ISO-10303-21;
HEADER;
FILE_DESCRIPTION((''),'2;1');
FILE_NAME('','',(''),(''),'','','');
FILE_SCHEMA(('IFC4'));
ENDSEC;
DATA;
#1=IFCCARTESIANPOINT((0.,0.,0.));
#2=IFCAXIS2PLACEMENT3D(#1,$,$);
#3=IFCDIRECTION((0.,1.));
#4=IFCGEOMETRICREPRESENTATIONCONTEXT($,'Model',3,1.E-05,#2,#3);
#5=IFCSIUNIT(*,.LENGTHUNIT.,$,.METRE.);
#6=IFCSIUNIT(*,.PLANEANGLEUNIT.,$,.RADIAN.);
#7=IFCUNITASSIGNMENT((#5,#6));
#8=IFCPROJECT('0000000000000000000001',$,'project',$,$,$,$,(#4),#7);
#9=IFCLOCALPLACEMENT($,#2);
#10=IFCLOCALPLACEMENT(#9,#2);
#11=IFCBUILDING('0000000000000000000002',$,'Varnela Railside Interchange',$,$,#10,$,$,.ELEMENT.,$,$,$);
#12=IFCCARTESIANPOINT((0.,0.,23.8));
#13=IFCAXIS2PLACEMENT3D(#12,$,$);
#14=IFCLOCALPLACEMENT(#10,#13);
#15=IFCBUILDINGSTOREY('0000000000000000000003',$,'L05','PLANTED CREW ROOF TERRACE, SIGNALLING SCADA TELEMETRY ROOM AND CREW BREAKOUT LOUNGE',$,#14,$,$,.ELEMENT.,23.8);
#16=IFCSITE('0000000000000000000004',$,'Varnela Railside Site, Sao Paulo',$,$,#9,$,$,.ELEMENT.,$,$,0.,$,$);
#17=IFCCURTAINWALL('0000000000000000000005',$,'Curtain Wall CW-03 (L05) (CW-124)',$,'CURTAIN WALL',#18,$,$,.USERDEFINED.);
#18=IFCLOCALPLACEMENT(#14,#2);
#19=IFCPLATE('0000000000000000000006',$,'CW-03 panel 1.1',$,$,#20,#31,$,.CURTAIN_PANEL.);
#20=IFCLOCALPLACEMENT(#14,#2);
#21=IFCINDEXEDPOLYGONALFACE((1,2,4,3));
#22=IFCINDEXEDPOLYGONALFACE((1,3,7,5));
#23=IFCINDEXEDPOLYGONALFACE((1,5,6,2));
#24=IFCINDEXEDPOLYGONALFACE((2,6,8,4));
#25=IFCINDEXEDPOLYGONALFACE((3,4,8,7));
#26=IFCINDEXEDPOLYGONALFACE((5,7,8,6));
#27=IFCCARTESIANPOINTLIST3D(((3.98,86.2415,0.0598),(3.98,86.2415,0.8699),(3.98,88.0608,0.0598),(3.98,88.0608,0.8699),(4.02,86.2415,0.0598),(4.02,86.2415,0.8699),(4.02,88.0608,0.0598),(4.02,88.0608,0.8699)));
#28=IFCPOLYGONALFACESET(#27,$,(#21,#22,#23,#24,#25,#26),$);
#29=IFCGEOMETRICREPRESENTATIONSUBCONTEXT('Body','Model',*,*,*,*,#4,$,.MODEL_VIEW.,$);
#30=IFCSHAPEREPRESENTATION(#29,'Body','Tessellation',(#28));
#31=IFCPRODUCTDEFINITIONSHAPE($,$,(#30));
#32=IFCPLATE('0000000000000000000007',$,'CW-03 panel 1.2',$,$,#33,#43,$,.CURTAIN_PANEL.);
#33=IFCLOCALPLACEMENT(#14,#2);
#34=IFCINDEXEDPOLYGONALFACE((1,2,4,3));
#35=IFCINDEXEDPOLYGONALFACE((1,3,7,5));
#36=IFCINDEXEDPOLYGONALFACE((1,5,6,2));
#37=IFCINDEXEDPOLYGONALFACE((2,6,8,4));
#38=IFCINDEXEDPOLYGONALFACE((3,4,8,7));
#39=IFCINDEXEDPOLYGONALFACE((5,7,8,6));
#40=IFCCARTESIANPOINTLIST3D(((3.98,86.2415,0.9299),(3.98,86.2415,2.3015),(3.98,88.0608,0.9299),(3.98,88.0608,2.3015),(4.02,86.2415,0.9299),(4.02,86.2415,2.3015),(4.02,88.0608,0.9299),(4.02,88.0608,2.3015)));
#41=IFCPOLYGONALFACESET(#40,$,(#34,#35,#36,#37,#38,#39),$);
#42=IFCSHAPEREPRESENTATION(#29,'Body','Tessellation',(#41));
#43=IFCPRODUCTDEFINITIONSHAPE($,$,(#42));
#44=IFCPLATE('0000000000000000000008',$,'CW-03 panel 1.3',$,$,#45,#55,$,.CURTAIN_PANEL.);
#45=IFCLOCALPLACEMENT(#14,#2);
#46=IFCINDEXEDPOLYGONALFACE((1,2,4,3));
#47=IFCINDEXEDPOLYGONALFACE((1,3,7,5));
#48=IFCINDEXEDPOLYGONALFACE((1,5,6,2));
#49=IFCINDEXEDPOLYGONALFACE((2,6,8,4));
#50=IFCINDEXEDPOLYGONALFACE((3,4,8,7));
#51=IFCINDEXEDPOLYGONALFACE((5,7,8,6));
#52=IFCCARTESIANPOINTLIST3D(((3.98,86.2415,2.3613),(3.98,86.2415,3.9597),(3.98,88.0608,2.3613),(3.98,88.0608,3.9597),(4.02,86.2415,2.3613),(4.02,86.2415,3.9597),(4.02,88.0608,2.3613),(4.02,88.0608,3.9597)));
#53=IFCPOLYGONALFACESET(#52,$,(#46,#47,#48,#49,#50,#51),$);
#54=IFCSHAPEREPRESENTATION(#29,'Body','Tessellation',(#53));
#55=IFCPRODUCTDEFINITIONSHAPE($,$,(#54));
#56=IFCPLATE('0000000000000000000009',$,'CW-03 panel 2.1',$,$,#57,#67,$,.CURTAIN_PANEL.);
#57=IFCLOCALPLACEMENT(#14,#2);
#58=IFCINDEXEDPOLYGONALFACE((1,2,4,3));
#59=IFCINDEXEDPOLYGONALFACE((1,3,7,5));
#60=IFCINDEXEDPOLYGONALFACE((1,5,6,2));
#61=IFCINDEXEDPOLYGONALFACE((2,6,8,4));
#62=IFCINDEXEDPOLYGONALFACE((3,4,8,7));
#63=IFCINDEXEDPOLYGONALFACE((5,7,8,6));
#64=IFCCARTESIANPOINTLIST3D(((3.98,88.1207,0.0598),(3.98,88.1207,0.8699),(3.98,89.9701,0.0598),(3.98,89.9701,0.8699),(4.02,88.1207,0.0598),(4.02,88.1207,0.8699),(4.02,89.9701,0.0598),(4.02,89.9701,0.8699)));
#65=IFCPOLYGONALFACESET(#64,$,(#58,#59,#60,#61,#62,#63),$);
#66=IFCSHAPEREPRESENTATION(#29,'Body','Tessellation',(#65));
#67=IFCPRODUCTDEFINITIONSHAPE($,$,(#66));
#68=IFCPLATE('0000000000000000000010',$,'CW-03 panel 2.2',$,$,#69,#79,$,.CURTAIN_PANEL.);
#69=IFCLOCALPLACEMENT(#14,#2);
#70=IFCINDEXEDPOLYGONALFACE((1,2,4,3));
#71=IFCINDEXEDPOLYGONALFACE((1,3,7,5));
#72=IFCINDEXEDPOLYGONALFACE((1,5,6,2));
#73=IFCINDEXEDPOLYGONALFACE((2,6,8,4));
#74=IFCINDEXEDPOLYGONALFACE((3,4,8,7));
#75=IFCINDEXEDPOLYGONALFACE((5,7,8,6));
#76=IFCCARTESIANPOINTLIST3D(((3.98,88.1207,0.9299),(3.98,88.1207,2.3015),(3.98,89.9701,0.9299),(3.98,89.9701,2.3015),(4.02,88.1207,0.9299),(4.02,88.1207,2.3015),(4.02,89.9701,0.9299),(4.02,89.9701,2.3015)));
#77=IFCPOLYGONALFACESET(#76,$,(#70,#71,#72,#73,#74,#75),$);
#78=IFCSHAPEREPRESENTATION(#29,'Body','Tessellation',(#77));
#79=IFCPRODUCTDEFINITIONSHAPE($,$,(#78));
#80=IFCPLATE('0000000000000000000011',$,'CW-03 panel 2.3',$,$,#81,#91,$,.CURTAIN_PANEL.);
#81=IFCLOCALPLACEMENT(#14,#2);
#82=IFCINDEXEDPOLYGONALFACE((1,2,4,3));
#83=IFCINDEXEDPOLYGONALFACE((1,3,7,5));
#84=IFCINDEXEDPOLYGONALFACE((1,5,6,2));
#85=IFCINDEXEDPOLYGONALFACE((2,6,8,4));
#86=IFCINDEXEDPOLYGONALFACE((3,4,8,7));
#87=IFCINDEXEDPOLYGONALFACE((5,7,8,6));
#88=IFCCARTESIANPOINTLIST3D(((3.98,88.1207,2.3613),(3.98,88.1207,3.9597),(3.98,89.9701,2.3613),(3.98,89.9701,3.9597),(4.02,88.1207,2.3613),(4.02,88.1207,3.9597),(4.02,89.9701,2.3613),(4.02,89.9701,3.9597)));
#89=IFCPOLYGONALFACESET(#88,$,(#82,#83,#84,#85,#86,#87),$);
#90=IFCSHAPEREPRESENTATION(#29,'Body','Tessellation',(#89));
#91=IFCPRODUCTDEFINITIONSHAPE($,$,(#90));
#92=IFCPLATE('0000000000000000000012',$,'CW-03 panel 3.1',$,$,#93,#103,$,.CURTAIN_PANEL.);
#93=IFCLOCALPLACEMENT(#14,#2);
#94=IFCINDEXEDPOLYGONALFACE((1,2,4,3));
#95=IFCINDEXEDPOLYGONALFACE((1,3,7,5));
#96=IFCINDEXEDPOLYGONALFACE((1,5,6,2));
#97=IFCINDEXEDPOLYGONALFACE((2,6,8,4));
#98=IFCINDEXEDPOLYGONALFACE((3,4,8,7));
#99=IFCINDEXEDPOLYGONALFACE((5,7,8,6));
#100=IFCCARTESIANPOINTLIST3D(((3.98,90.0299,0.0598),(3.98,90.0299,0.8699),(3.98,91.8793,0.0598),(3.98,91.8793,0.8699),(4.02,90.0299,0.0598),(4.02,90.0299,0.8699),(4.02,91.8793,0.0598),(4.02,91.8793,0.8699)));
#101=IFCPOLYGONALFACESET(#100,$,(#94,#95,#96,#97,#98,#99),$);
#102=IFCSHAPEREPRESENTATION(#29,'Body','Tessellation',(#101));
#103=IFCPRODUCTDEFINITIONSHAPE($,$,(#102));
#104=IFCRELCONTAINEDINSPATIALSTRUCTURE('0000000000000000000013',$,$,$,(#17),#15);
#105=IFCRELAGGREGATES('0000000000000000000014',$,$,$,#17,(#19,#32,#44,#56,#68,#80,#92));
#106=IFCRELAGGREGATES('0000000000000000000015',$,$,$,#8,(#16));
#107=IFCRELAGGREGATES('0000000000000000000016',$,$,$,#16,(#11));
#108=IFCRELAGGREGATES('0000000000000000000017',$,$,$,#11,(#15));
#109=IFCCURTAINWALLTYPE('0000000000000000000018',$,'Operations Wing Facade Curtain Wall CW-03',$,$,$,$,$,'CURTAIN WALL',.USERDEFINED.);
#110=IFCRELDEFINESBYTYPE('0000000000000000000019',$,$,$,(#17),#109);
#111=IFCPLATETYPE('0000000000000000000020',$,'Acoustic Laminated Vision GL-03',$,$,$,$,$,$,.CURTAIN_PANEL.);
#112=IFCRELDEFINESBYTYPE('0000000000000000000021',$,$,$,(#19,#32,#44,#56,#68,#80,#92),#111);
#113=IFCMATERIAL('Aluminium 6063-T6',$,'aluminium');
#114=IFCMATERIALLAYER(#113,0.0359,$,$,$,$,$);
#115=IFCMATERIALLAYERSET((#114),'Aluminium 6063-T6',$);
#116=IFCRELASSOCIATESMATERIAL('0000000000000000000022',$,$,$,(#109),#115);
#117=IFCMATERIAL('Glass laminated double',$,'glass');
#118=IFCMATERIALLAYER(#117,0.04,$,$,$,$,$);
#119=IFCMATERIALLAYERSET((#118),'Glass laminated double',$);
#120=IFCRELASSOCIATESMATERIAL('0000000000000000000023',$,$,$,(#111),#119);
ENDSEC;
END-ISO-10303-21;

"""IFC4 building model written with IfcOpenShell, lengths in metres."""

from ifc_helpers import new_model, si_unit, direction, frame, origin, origin_2d, place, context, subcontext, project, spatial, rectangle, extrude, material, layer, layer_set, type_object, element, aggregate, save


model = new_model("IFC4")

# Units and contexts
model_context = context("Model", 3, precision=1e-05, world=origin(), true_north=direction((0.0, 1.0)))
body_context = subcontext(model_context, "Body", "Model", "MODEL_VIEW")
ifc_project = project(units=[si_unit("LENGTHUNIT", "METRE"), si_unit("PLANEANGLEUNIT", "RADIAN")], contexts=[model_context])

# Site, building, storey
site_placement = place(None, origin())
site = spatial("IfcSite", under=ifc_project, at=site_placement, Name="Varnela Railside Site, Sao Paulo", CompositionType="ELEMENT", RefElevation=0.0)
building_placement = place(site_placement, origin())
building = spatial("IfcBuilding", under=site, at=building_placement, Name="Varnela Railside Interchange", CompositionType="ELEMENT")
storey_placement = place(building_placement, frame((0.0, 0.0, 23.8)))
storey = spatial("IfcBuildingStorey", under=building, at=storey_placement, Name="L05", Description="PLANTED CREW ROOF TERRACE, SIGNALLING SCADA TELEMETRY ROOM AND CREW BREAKOUT LOUNGE", CompositionType="ELEMENT", Elevation=23.8)

# Curtain wall, plates
ifc_material_1 = material(Name="Aluminium 6063-T6", Category="aluminium")
ifc_layer_1 = layer(ifc_material_1, 0.0359)
ifc_layer_set_1 = layer_set([ifc_layer_1], Name="Aluminium 6063-T6")
curtain_wall_type = type_object("IfcCurtainWallType", Name="Operations Wing Facade Curtain Wall CW-03", ElementType="CURTAIN WALL", PredefinedType="USERDEFINED", material=ifc_layer_set_1)
curtain_wall_placement = place(storey_placement, origin())
curtain_wall = element("IfcCurtainWall", 1, at=curtain_wall_placement, inside=storey, type_object=curtain_wall_type, Name="Curtain Wall CW-03 (L05) (CW-124)", ObjectType="CURTAIN WALL", PredefinedType="USERDEFINED")
ifc_material_2 = material(Name="Glass laminated double", Category="glass")
ifc_layer_2 = layer(ifc_material_2, 0.04)
ifc_layer_set_2 = layer_set([ifc_layer_2], Name="Glass laminated double")
plate_type = type_object("IfcPlateType", Name="Acoustic Laminated Vision GL-03", PredefinedType="CURTAIN_PANEL", material=ifc_layer_set_2)
plate_1_placement = place(storey_placement, frame((4.0, 87.1511, 0.0598), z_axis=(0.0, 0.0, 1.0), x_axis=(0.0, 1.0, 0.0)))
plate_1 = element("IfcPlate", 2, at=plate_1_placement, type_object=plate_type, Name="CW-03 panel 1.1", PredefinedType="CURTAIN_PANEL", context=body_context, shape_type="SweptSolid", body=[
    extrude(rectangle(XDim=1.8193, YDim=0.04, at=origin_2d()), origin(), (0.0, 0.0, 1.0), 0.8101),
])
plate_2_placement = place(storey_placement, frame((4.0, 87.1511, 0.9299), z_axis=(0.0, 0.0, 1.0), x_axis=(0.0, 1.0, 0.0)))
plate_2 = element("IfcPlate", 3, at=plate_2_placement, type_object=plate_type, Name="CW-03 panel 1.2", PredefinedType="CURTAIN_PANEL", context=body_context, shape_type="SweptSolid", body=[
    extrude(rectangle(XDim=1.8193, YDim=0.04, at=origin_2d()), origin(), (0.0, 0.0, 1.0), 1.3716),
])
plate_3_placement = place(storey_placement, frame((4.0, 87.1511, 2.3613), z_axis=(0.0, 0.0, 1.0), x_axis=(0.0, 1.0, 0.0)))
plate_3 = element("IfcPlate", 4, at=plate_3_placement, type_object=plate_type, Name="CW-03 panel 1.3", PredefinedType="CURTAIN_PANEL", context=body_context, shape_type="SweptSolid", body=[
    extrude(rectangle(XDim=1.8193, YDim=0.04, at=origin_2d()), origin(), (0.0, 0.0, 1.0), 1.5984),
])
plate_4_placement = place(storey_placement, frame((4.0, 89.0454, 0.0598), z_axis=(0.0, 0.0, 1.0), x_axis=(0.0, 1.0, 0.0)))
plate_4 = element("IfcPlate", 5, at=plate_4_placement, type_object=plate_type, Name="CW-03 panel 2.1", PredefinedType="CURTAIN_PANEL", context=body_context, shape_type="SweptSolid", body=[
    extrude(rectangle(XDim=1.8494, YDim=0.04, at=origin_2d()), origin(), (0.0, 0.0, 1.0), 0.8101),
])
plate_5_placement = place(storey_placement, frame((4.0, 89.0454, 0.9299), z_axis=(0.0, 0.0, 1.0), x_axis=(0.0, 1.0, 0.0)))
plate_5 = element("IfcPlate", 6, at=plate_5_placement, type_object=plate_type, Name="CW-03 panel 2.2", PredefinedType="CURTAIN_PANEL", context=body_context, shape_type="SweptSolid", body=[
    extrude(rectangle(XDim=1.8494, YDim=0.04, at=origin_2d()), origin(), (0.0, 0.0, 1.0), 1.3716),
])
plate_6_placement = place(storey_placement, frame((4.0, 89.0454, 2.3613), z_axis=(0.0, 0.0, 1.0), x_axis=(0.0, 1.0, 0.0)))
plate_6 = element("IfcPlate", 7, at=plate_6_placement, type_object=plate_type, Name="CW-03 panel 2.3", PredefinedType="CURTAIN_PANEL", context=body_context, shape_type="SweptSolid", body=[
    extrude(rectangle(XDim=1.8494, YDim=0.04, at=origin_2d()), origin(), (0.0, 0.0, 1.0), 1.5984),
])
plate_7_placement = place(storey_placement, frame((4.0, 90.9546, 0.0598), z_axis=(0.0, 0.0, 1.0), x_axis=(0.0, 1.0, 0.0)))
plate_7 = element("IfcPlate", 8, at=plate_7_placement, type_object=plate_type, Name="CW-03 panel 3.1", PredefinedType="CURTAIN_PANEL", context=body_context, shape_type="SweptSolid", body=[
    extrude(rectangle(XDim=1.8494, YDim=0.04, at=origin_2d()), origin(), (0.0, 0.0, 1.0), 0.8101),
])
aggregate(curtain_wall, [plate_1, plate_2, plate_3, plate_4, plate_5, plate_6, plate_7])

save(model, "model.ifc")
